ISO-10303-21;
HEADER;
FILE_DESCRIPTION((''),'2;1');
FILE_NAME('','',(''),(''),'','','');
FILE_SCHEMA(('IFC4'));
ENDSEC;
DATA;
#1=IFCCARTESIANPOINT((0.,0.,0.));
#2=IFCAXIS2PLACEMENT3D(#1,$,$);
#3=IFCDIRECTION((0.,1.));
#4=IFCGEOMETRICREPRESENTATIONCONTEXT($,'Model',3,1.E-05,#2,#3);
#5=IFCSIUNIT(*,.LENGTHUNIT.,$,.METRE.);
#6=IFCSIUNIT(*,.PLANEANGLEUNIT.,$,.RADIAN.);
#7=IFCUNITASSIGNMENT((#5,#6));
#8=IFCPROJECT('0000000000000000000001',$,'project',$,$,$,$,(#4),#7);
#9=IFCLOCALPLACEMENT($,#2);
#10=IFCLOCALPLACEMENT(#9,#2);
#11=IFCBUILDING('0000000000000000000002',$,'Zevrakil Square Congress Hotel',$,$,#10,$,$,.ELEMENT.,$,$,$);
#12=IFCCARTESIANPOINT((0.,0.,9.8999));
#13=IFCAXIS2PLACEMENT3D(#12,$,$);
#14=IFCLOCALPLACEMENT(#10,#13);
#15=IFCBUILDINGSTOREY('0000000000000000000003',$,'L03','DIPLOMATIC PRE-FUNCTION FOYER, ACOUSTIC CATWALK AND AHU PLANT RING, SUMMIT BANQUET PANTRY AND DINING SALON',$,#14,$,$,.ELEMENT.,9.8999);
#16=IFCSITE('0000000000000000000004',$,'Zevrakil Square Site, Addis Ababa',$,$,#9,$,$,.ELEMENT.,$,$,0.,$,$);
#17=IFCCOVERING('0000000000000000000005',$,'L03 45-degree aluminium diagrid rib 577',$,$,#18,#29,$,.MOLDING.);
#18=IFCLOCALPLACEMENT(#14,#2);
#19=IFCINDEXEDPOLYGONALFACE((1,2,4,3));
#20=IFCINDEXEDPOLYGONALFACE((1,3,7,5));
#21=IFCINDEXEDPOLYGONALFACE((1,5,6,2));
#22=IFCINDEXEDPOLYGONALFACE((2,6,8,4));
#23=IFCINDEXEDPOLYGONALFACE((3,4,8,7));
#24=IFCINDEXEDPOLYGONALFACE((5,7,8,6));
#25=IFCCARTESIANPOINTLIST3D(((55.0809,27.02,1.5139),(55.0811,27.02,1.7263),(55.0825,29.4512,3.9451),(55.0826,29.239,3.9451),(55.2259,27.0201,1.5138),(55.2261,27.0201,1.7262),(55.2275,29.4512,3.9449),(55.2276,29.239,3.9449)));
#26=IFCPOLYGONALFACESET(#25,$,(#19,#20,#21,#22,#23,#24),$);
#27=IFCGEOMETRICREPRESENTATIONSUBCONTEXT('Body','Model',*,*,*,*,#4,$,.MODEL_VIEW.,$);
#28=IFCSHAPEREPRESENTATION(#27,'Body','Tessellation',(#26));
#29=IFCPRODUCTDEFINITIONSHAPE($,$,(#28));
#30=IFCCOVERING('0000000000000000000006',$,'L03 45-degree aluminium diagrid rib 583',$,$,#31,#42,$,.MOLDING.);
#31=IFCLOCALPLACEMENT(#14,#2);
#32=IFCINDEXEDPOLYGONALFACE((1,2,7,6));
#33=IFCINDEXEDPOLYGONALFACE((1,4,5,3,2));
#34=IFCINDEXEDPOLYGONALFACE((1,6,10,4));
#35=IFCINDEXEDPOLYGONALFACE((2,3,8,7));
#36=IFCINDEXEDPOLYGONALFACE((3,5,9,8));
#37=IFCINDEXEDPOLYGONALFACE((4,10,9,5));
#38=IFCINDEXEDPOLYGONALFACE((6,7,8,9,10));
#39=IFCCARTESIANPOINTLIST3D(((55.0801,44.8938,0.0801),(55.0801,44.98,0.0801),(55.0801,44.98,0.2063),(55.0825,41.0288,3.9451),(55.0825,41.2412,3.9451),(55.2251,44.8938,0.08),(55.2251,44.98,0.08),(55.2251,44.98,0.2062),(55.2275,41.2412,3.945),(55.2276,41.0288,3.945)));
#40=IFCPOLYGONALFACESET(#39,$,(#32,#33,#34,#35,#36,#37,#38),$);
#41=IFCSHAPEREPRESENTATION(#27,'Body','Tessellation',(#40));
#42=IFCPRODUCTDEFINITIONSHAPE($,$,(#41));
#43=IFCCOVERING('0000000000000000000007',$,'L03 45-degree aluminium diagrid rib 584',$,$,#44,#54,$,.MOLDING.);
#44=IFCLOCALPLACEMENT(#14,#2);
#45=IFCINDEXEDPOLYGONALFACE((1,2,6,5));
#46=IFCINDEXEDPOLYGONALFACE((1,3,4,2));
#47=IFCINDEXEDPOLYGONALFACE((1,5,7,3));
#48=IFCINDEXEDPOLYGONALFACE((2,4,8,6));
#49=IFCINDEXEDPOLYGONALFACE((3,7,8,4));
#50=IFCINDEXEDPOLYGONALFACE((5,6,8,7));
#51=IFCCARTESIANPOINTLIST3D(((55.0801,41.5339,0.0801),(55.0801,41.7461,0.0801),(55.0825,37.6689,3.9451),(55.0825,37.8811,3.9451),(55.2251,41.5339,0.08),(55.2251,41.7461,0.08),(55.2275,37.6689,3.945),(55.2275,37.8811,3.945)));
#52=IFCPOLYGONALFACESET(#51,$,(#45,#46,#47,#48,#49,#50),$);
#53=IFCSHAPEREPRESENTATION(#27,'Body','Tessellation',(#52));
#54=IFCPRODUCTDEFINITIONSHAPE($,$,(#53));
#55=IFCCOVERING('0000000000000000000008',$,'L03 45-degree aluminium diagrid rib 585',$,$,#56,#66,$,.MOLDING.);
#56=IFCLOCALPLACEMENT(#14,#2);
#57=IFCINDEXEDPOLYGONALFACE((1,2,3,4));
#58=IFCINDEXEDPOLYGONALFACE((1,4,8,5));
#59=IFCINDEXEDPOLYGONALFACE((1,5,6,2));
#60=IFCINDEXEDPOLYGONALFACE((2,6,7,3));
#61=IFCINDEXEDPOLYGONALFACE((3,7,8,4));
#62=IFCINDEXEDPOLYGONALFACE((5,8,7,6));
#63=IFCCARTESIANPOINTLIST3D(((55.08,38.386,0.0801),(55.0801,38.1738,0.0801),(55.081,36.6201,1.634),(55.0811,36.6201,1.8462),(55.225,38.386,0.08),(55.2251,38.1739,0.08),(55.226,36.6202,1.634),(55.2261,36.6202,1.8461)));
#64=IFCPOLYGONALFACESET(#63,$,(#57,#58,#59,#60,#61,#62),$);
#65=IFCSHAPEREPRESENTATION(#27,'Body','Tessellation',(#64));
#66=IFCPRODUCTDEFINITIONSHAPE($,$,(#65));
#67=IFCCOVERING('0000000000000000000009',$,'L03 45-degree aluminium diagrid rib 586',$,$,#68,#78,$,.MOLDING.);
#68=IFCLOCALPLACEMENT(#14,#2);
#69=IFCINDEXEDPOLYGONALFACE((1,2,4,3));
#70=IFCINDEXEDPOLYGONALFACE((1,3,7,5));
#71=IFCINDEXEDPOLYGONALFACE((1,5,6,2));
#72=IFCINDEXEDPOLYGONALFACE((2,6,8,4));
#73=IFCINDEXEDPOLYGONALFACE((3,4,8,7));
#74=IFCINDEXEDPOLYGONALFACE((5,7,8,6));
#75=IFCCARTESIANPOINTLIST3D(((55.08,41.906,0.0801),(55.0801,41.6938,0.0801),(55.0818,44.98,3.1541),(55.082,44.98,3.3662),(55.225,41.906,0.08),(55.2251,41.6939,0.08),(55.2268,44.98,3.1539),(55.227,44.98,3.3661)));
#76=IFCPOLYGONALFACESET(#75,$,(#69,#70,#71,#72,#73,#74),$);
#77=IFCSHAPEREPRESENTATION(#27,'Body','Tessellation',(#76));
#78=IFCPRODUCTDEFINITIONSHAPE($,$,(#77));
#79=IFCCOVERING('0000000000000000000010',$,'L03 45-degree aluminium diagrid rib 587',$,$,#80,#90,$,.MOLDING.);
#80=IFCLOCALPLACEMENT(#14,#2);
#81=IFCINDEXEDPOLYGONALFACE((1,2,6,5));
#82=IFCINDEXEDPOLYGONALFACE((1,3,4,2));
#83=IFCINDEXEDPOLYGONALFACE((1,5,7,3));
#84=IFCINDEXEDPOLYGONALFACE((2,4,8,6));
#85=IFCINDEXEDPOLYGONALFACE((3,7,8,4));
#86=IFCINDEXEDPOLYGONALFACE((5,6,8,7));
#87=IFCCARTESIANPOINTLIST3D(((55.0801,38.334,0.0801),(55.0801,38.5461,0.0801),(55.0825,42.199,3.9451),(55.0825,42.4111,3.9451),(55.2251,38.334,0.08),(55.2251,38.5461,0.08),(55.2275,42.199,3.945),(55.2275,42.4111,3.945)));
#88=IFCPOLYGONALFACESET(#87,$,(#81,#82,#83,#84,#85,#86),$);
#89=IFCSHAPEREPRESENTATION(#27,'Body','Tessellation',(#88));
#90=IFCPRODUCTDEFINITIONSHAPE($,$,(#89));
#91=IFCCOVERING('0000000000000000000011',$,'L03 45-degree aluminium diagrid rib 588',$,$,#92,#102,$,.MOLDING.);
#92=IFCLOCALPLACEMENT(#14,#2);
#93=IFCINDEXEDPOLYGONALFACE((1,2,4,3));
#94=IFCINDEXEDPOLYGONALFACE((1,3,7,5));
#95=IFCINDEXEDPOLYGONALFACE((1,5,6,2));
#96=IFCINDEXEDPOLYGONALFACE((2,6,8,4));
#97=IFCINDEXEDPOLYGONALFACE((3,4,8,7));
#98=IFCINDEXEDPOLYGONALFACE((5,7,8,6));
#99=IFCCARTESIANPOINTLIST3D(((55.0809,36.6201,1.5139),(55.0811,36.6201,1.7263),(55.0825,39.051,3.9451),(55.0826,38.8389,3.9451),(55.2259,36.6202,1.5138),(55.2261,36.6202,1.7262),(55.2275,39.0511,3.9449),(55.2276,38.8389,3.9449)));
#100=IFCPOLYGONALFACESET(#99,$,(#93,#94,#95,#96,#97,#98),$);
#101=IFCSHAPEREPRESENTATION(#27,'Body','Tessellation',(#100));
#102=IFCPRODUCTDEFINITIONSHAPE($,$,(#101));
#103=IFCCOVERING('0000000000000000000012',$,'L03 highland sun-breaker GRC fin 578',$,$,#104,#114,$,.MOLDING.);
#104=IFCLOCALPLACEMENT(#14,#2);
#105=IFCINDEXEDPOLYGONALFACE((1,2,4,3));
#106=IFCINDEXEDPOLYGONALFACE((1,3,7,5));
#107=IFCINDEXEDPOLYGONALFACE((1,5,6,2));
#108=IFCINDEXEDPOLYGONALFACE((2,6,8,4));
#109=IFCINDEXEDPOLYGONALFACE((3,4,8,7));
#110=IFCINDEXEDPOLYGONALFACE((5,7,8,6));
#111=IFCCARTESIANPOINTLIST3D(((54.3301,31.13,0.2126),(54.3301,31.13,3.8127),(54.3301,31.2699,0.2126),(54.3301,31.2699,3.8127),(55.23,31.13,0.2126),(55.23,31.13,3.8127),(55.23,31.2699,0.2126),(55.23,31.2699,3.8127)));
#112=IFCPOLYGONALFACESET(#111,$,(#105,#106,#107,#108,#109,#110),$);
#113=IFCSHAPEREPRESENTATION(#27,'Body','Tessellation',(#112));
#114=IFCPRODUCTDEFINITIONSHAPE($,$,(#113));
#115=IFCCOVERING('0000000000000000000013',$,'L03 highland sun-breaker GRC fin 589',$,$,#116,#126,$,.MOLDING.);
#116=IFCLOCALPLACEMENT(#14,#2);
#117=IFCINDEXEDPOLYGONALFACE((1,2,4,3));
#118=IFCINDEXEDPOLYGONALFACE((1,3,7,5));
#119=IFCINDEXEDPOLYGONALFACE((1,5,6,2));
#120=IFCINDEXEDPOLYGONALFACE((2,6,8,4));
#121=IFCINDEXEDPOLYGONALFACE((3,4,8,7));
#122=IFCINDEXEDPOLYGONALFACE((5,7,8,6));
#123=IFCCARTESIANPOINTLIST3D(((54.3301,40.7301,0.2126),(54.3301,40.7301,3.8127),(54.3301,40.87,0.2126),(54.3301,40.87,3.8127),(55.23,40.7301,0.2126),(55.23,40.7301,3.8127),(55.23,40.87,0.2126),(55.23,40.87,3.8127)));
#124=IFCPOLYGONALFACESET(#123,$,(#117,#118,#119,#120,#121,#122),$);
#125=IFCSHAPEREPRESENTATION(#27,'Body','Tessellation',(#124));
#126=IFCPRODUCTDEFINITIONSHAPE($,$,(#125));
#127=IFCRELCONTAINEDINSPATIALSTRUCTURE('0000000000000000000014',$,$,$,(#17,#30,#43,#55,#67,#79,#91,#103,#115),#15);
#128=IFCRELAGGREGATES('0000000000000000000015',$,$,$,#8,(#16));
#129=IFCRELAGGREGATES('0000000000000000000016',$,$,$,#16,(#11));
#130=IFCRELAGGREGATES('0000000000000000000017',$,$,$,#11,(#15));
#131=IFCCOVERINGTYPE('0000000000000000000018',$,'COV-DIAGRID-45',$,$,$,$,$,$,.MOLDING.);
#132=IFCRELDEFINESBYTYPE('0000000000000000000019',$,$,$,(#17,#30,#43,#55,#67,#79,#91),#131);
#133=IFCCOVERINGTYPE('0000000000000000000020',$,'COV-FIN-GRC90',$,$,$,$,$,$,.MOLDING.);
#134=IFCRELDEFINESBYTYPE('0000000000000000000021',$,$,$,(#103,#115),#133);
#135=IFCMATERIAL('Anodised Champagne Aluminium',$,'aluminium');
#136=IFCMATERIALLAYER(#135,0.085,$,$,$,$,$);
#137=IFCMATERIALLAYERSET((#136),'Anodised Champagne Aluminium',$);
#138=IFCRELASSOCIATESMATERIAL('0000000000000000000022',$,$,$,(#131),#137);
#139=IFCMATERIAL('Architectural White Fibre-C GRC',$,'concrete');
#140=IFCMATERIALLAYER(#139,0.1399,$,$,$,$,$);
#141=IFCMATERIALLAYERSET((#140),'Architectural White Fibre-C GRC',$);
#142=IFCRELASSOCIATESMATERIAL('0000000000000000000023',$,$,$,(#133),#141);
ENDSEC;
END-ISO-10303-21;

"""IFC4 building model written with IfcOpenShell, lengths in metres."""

from ifc_helpers import new_model, si_unit, direction, frame, origin, origin_2d, place, context, subcontext, project, spatial, polyline, rectangle, outline, extrude, material, layer, layer_set, type_object, element, save


model = new_model("IFC4")

# Units and contexts
model_context = context("Model", 3, precision=1e-05, world=origin(), true_north=direction((0.0, 1.0)))
body_context = subcontext(model_context, "Body", "Model", "MODEL_VIEW")
ifc_project = project(units=[si_unit("LENGTHUNIT", "METRE"), si_unit("PLANEANGLEUNIT", "RADIAN")], contexts=[model_context])

# Site, building, storey
site_placement = place(None, origin())
site = spatial("IfcSite", under=ifc_project, at=site_placement, Name="Zevrakil Square Site, Addis Ababa", CompositionType="ELEMENT", RefElevation=0.0)
building_placement = place(site_placement, origin())
building = spatial("IfcBuilding", under=site, at=building_placement, Name="Zevrakil Square Congress Hotel", CompositionType="ELEMENT")
storey_placement = place(building_placement, frame((0.0, 0.0, 9.8999)))
storey = spatial("IfcBuildingStorey", under=building, at=storey_placement, Name="L03", Description="DIPLOMATIC PRE-FUNCTION FOYER, ACOUSTIC CATWALK AND AHU PLANT RING, SUMMIT BANQUET PANTRY AND DINING SALON", CompositionType="ELEMENT", Elevation=9.8999)

# Coverings
ifc_material_1 = material(Name="Anodised Champagne Aluminium", Category="aluminium")
ifc_layer_1 = layer(ifc_material_1, 0.085)
ifc_layer_set_1 = layer_set([ifc_layer_1], Name="Anodised Champagne Aluminium")
covering_type_1 = type_object("IfcCoveringType", Name="COV-DIAGRID-45", PredefinedType="MOLDING", material=ifc_layer_set_1)
covering_1_placement = place(storey_placement, frame((55.0825, 29.4512, 3.9451), z_axis=(-1.0, -0.000234, 0.000916), x_axis=(0.000234, -1.0, 0.0)))
element("IfcCovering", 1, at=covering_1_placement, inside=storey, type_object=covering_type_1, Name="L03 45-degree aluminium diagrid rib 577", PredefinedType="MOLDING", context=body_context, shape_type="SweptSolid", body=[
    extrude(outline(polyline([(0.0, 0.0), (0.2122, 0.0), (2.4312, -2.2188), (2.4312, -2.4312), (0.0, 0.0)])), origin(), (0.0, 0.0, -1.0), 0.145),
])
covering_2_placement = place(storey_placement, frame((55.0801, 44.8938, 0.0801), z_axis=(-1.0, -0.00019, 0.000448), x_axis=(-0.00019, 1.0, 0.0)))
element("IfcCovering", 2, at=covering_2_placement, inside=storey, type_object=covering_type_1, Name="L03 45-degree aluminium diagrid rib 583", PredefinedType="MOLDING", context=body_context, shape_type="SweptSolid", body=[
    extrude(outline(polyline([(0.0, 0.0), (0.0862, 0.0), (0.0862, -0.1262), (-3.6526, -3.865), (-3.865, -3.865), (0.0, 0.0)])), origin(), (0.0, 0.0, -1.0), 0.145),
])
covering_3_placement = place(storey_placement, frame((55.0801, 41.5339, 0.0801), z_axis=(-1.0, 0.0, 0.000632), x_axis=(0.0, 1.0, 0.0)))
element("IfcCovering", 3, at=covering_3_placement, inside=storey, type_object=covering_type_1, Name="L03 45-degree aluminium diagrid rib 584", PredefinedType="MOLDING", context=body_context, shape_type="SweptSolid", body=[
    extrude(outline(polyline([(0.0, 0.0), (0.2122, 0.0), (-3.6528, -3.865), (-3.865, -3.865), (0.0, 0.0)])), origin(), (0.0, 0.0, -1.0), 0.145),
])
covering_4_placement = place(storey_placement, frame((55.0801, 38.1738, 0.0801), z_axis=(-1.0, -0.000294, 0.000294), x_axis=(-0.000294, 1.0, 0.0)))
element("IfcCovering", 4, at=covering_4_placement, inside=storey, type_object=covering_type_1, Name="L03 45-degree aluminium diagrid rib 585", PredefinedType="MOLDING", context=body_context, shape_type="SweptSolid", body=[
    extrude(outline(polyline([(0.0, 0.0), (0.2122, 0.0), (-1.5537, -1.7661), (-1.5537, -1.554), (0.0, 0.0)])), origin(), (0.0, 0.0, -1.0), 0.145),
])
covering_5_placement = place(storey_placement, frame((55.0818, 44.98, 3.1541), z_axis=(-1.0, -0.000287, 0.000863), x_axis=(0.000863, 0.0, 1.0)))
element("IfcCovering", 5, at=covering_5_placement, inside=storey, type_object=covering_type_1, Name="L03 45-degree aluminium diagrid rib 586", PredefinedType="MOLDING", context=body_context, shape_type="SweptSolid", body=[
    extrude(outline(polyline([(0.0, 0.0), (0.2122, 0.0), (-3.074, -3.2861), (-3.074, -3.074), (0.0, 0.0)])), origin(), (0.0, 0.0, -1.0), 0.145),
])
covering_6_placement = place(storey_placement, frame((55.0825, 42.4111, 3.9451), z_axis=(-1.0, 0.0, 0.000632), x_axis=(0.0, -1.0, 0.0)))
element("IfcCovering", 6, at=covering_6_placement, inside=storey, type_object=covering_type_1, Name="L03 45-degree aluminium diagrid rib 587", PredefinedType="MOLDING", context=body_context, shape_type="SweptSolid", body=[
    extrude(outline(polyline([(0.0, 0.0), (0.2122, 0.0), (4.0771, -3.865), (3.865, -3.865), (0.0, 0.0)])), origin(), (0.0, 0.0, -1.0), 0.145),
])
covering_7_placement = place(storey_placement, frame((55.0825, 39.051, 3.9451), z_axis=(-1.0, -0.000234, 0.000916), x_axis=(0.000234, -1.0, 0.0)))
element("IfcCovering", 7, at=covering_7_placement, inside=storey, type_object=covering_type_1, Name="L03 45-degree aluminium diagrid rib 588", PredefinedType="MOLDING", context=body_context, shape_type="SweptSolid", body=[
    extrude(outline(polyline([(0.0, 0.0), (0.2122, 0.0), (2.4309, -2.2188), (2.4309, -2.4312), (0.0, 0.0)])), origin(), (0.0, 0.0, -1.0), 0.145),
])
ifc_material_2 = material(Name="Architectural White Fibre-C GRC", Category="concrete")
ifc_layer_2 = layer(ifc_material_2, 0.1399)
ifc_layer_set_2 = layer_set([ifc_layer_2], Name="Architectural White Fibre-C GRC")
covering_type_2 = type_object("IfcCoveringType", Name="COV-FIN-GRC90", PredefinedType="MOLDING", material=ifc_layer_set_2)
for number, where, z_axis, x_axis, name in (
    (8, (54.78, 31.2, 0.2126), (0.0, 0.0, 1.0), (-1.0, 0.0, 0.0), "L03 highland sun-breaker GRC fin 578"),
    (9, (54.78, 40.8, 0.2126), (0.0, 0.0, 1.0), (-1.0, 0.0, 0.0), "L03 highland sun-breaker GRC fin 589"),
):
    element("IfcCovering", number, at=place(storey_placement, frame(where, z_axis=z_axis, x_axis=x_axis)), inside=storey, type_object=covering_type_2, Name=name, PredefinedType="MOLDING", context=body_context, shape_type="SweptSolid", body=[
        extrude(rectangle(XDim=0.8999, YDim=0.1399, at=origin_2d()), origin(), (0.0, 0.0, 1.0), 3.6001),
    ])

save(model, "model.ifc")
